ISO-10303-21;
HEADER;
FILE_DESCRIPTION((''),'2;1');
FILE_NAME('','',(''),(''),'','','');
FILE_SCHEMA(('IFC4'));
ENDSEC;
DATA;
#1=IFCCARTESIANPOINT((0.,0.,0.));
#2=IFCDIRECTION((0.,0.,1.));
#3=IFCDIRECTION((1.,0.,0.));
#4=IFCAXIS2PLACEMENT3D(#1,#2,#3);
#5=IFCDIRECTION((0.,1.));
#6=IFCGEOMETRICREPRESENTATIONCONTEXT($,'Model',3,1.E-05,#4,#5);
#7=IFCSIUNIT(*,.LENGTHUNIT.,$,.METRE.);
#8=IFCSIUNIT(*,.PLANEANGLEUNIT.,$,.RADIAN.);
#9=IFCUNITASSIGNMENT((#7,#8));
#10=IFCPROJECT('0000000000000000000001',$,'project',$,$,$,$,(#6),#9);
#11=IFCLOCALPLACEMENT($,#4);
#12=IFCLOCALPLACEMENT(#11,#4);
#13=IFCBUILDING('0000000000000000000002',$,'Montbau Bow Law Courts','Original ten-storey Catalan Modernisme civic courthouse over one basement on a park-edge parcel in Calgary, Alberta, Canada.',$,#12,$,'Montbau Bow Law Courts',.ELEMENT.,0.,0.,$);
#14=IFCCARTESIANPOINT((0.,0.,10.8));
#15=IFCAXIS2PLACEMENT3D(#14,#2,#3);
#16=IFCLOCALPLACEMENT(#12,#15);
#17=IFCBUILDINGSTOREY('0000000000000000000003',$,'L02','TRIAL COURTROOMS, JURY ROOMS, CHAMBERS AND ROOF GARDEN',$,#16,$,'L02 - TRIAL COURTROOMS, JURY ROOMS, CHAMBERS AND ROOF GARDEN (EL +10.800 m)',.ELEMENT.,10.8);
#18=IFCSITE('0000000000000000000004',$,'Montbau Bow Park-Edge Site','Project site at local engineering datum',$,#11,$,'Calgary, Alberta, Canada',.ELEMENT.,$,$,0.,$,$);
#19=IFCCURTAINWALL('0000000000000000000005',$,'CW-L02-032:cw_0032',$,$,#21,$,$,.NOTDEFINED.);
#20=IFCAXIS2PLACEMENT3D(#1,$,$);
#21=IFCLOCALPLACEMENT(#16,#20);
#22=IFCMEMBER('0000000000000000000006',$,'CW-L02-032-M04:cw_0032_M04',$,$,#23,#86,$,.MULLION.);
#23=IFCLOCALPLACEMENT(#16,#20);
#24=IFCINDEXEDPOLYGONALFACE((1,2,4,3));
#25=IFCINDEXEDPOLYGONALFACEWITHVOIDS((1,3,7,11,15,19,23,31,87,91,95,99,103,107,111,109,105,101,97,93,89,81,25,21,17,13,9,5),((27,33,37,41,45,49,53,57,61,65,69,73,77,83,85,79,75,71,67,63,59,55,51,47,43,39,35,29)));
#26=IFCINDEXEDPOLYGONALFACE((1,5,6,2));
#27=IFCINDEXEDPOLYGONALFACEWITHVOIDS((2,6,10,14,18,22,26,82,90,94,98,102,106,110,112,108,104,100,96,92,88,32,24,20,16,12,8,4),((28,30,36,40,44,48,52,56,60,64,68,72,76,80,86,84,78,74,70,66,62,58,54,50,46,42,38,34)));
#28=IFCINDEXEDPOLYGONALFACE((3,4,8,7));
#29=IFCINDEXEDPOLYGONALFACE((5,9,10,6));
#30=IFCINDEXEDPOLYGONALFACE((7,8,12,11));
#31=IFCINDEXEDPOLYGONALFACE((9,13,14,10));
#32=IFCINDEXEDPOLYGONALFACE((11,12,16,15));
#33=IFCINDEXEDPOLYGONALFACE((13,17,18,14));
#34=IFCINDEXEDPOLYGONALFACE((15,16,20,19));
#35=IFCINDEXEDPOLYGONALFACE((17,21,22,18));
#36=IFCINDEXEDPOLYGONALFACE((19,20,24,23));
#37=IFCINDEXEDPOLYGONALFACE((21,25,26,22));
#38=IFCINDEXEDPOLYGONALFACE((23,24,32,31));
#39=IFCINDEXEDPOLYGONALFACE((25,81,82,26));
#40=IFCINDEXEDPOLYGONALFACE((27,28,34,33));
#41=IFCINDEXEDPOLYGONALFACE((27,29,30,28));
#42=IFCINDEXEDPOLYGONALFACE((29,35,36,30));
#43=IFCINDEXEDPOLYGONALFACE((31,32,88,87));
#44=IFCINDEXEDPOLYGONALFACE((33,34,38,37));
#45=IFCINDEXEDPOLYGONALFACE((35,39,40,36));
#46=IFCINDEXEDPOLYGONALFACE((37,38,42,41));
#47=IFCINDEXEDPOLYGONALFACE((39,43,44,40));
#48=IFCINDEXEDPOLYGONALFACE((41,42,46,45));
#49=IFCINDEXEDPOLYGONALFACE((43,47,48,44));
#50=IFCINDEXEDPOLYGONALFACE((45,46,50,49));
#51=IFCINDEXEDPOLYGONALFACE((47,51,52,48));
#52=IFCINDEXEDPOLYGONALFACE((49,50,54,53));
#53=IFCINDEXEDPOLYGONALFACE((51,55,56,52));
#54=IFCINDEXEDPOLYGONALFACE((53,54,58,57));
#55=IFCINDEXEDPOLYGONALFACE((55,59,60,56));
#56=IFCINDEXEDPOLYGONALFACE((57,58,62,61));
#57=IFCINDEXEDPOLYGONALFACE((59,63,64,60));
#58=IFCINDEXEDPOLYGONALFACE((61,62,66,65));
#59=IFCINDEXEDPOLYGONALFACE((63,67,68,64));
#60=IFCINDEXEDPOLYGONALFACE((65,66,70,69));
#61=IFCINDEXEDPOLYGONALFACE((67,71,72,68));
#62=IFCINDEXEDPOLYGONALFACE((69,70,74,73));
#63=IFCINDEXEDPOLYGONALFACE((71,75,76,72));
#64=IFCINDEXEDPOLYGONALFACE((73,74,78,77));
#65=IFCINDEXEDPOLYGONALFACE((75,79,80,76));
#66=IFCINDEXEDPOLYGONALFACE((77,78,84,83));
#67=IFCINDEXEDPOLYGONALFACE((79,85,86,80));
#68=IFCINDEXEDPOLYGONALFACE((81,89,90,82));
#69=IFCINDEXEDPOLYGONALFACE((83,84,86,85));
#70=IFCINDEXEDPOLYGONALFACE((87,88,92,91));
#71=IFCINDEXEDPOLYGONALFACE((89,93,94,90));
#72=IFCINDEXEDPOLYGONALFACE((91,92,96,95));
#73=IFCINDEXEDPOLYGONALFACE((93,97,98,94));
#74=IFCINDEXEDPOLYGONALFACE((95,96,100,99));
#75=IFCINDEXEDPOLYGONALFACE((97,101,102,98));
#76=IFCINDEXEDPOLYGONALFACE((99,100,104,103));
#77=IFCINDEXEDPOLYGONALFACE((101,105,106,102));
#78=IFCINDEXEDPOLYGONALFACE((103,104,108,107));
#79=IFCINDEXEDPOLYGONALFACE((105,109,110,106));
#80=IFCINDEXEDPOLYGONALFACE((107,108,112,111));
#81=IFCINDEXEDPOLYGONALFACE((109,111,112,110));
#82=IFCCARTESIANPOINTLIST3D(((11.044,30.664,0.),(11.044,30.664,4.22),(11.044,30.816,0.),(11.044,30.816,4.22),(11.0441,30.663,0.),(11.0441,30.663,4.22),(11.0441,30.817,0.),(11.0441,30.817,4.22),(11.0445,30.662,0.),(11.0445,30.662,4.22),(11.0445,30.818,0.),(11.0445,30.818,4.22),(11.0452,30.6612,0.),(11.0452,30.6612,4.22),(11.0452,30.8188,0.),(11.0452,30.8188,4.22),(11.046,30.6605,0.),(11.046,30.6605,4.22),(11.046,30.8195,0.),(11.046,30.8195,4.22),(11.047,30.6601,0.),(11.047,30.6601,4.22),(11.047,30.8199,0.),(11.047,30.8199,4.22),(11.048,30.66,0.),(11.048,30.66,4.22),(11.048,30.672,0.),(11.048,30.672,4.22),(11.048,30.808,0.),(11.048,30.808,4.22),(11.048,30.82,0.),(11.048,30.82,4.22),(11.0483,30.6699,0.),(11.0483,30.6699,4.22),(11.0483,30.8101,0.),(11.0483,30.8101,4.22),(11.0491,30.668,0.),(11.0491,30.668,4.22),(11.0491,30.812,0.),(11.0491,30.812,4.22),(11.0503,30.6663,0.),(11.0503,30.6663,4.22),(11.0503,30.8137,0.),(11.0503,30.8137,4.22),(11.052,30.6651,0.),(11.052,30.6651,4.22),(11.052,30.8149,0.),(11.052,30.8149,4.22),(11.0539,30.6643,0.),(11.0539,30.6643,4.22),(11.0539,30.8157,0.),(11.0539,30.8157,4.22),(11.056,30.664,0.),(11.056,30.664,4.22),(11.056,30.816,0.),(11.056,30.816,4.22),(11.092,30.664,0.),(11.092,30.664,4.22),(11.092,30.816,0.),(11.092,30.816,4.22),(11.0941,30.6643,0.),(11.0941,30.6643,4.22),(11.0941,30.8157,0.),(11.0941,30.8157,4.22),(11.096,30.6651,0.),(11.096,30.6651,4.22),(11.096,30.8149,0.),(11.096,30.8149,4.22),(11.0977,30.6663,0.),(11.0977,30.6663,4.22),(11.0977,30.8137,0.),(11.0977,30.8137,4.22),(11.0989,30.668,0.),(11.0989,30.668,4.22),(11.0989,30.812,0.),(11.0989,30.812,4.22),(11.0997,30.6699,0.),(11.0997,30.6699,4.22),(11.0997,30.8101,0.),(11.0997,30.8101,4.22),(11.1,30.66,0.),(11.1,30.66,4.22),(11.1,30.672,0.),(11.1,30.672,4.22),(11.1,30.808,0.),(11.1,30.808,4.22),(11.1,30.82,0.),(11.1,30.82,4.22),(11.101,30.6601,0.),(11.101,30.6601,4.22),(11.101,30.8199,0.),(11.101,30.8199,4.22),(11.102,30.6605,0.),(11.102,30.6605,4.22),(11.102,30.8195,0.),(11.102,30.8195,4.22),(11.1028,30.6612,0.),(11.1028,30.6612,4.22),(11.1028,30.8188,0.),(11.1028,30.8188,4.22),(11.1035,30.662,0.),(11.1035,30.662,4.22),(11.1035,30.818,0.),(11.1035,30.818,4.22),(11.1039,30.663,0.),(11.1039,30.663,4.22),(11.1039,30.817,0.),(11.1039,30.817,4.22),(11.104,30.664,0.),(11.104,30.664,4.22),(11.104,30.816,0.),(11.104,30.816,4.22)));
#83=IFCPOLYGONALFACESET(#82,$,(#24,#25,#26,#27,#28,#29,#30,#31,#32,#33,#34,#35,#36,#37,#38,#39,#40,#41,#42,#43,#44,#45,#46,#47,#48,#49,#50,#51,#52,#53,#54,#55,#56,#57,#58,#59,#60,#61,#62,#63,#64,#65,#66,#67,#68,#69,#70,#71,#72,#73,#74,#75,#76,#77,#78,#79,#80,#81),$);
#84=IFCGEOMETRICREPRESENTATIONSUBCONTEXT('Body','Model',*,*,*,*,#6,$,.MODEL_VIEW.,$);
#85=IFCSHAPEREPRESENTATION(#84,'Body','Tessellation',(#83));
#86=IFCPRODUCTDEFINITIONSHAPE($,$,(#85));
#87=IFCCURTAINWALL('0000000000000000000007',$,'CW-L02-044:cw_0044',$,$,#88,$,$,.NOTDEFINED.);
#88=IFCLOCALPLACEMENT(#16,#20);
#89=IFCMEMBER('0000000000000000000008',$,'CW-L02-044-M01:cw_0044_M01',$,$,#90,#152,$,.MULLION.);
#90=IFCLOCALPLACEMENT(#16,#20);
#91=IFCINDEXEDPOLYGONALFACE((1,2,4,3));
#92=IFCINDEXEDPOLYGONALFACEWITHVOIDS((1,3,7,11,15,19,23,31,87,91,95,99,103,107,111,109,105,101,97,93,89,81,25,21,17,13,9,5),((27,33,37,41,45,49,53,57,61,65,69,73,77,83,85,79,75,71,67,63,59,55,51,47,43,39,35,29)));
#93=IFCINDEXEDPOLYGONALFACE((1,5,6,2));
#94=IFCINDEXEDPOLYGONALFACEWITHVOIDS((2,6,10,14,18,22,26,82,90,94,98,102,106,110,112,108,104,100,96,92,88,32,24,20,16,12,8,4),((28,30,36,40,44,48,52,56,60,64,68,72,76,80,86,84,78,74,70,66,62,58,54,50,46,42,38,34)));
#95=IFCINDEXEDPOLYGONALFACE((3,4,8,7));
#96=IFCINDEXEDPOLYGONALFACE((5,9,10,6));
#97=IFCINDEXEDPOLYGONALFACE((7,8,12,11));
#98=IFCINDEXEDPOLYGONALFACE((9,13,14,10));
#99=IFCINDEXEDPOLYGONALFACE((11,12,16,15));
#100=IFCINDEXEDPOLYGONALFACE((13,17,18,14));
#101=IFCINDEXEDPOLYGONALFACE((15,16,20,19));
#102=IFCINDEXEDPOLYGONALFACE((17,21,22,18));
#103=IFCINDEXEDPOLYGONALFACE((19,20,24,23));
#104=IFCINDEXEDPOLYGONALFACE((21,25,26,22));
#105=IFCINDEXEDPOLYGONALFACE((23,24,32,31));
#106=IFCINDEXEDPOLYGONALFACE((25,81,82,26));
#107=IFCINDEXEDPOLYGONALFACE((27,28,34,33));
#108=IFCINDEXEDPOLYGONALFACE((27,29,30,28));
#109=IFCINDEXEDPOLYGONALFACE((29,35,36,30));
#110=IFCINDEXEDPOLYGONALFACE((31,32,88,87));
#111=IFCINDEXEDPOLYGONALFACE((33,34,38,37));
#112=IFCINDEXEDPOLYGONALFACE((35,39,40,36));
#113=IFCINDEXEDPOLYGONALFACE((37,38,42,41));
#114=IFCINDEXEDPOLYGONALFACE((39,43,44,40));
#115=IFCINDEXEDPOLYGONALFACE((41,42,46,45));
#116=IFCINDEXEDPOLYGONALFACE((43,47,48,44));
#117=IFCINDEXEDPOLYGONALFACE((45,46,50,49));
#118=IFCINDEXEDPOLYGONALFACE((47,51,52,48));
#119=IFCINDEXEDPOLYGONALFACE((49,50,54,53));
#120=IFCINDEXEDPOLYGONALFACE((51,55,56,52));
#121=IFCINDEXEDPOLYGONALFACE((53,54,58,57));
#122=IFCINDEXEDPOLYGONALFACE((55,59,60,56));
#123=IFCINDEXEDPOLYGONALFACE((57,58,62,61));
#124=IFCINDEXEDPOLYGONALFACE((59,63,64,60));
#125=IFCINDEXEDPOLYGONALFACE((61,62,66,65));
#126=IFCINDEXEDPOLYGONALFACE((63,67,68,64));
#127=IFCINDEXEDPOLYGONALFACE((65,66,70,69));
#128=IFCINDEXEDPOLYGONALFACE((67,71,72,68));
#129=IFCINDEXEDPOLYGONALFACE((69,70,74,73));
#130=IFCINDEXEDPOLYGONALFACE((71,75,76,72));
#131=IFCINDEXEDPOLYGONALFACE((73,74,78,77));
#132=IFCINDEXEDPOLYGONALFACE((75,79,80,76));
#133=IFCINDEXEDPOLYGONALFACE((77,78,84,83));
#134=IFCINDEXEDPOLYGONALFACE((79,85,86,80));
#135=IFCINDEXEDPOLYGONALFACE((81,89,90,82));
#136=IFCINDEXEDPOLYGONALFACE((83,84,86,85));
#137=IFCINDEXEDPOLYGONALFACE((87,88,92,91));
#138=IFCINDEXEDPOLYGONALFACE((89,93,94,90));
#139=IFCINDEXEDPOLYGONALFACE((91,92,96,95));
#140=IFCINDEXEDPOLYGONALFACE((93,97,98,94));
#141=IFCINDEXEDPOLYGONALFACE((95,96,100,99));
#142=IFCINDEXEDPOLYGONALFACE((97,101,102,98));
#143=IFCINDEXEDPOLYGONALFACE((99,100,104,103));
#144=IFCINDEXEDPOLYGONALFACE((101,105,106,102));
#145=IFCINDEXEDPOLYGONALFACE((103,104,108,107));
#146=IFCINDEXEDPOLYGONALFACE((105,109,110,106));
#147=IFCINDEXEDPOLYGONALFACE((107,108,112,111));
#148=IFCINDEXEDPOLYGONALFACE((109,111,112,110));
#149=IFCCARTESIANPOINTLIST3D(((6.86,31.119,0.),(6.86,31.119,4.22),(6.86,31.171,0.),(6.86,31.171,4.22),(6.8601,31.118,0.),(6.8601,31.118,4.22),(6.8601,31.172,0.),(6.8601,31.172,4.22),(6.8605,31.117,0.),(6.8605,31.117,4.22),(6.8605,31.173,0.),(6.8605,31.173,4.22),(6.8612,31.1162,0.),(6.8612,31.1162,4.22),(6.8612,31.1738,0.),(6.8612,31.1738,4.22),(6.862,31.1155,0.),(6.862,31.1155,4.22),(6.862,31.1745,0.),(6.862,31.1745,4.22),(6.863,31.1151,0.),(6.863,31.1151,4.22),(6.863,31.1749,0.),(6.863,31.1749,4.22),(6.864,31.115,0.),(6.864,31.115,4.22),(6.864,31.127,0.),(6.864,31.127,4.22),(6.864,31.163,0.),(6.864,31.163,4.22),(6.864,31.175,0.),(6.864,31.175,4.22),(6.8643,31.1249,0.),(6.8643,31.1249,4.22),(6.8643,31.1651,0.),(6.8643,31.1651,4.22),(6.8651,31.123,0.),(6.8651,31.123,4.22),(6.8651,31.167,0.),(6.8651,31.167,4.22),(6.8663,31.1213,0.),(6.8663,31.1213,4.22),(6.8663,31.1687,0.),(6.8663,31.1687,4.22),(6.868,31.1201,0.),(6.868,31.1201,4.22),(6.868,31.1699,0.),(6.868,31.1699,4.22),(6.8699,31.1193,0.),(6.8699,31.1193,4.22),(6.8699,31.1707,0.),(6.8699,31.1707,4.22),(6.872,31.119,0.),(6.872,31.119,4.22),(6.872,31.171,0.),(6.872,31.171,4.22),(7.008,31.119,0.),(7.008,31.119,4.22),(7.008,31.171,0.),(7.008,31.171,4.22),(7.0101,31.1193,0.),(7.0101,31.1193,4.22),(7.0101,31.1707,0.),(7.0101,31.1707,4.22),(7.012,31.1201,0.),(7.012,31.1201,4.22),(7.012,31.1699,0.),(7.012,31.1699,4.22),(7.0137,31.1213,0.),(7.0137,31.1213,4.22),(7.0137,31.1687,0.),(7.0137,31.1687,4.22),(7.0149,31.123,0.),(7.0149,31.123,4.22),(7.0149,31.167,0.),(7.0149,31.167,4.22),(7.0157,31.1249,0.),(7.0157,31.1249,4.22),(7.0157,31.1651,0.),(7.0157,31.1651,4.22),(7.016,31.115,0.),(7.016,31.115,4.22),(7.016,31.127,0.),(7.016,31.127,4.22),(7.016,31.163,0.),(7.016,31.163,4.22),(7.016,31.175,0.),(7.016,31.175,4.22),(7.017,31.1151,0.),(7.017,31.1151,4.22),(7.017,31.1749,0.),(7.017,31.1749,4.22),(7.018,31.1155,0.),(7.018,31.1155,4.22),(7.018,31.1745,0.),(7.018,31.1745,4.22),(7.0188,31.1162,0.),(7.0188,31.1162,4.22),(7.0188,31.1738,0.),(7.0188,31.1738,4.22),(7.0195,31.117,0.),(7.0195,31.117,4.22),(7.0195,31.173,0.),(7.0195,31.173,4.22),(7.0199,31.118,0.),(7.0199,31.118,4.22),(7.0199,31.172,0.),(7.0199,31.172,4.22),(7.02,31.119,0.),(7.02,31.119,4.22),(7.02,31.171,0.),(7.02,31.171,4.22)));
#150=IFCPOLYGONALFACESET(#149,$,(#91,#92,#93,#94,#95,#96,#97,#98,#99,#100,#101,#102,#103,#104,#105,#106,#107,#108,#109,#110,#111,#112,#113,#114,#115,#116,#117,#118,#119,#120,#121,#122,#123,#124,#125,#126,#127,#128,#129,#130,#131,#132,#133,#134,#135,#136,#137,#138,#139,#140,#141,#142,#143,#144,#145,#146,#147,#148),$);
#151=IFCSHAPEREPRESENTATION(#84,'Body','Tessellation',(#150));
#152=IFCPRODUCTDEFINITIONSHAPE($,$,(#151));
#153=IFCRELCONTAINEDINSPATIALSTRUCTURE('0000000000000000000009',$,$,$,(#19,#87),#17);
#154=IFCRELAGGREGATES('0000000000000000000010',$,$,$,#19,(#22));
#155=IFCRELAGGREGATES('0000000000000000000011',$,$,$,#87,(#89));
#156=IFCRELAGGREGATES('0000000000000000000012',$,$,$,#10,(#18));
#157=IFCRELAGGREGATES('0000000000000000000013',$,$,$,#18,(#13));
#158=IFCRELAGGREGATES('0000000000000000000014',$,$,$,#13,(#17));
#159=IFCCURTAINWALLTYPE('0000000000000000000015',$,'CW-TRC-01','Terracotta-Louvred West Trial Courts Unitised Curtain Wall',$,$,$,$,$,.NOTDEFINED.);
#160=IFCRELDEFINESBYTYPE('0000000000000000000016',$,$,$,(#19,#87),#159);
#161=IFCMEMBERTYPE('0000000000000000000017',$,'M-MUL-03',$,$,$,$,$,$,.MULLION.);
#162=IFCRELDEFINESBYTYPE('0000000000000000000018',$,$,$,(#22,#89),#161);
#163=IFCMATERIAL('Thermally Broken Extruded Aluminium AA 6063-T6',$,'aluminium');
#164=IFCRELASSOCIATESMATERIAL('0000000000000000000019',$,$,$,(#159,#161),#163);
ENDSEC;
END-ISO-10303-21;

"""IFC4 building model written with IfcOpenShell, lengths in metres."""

from ifc_helpers import new_model, si_unit, direction, frame, origin_with_axes, origin_2d_with_axis, place, context, subcontext, project, spatial, hollow_rectangle, extrude, material, material_profile, profile_set, type_object, element, aggregate, save


model = new_model("IFC4")

# Units and contexts
model_context = context("Model", 3, precision=1e-05, world=origin_with_axes(), true_north=direction((0.0, 1.0)))
body_context = subcontext(model_context, "Body", "Model", "MODEL_VIEW")
ifc_project = project(units=[si_unit("LENGTHUNIT", "METRE"), si_unit("PLANEANGLEUNIT", "RADIAN")], contexts=[model_context])

# Site, building, storey
site_placement = place(None, origin_with_axes())
site = spatial("IfcSite", under=ifc_project, at=site_placement, Name="Montbau Bow Park-Edge Site", Description="Project site at local engineering datum", LongName="Calgary, Alberta, Canada", CompositionType="ELEMENT", RefElevation=0.0)
building_placement = place(site_placement, origin_with_axes())
building = spatial("IfcBuilding", under=site, at=building_placement, Name="Montbau Bow Law Courts", Description="Original ten-storey Catalan Modernisme civic courthouse over one basement on a park-edge parcel in Calgary, Alberta, Canada.", LongName="Montbau Bow Law Courts", CompositionType="ELEMENT", ElevationOfRefHeight=0.0, ElevationOfTerrain=0.0)
storey_placement = place(building_placement, frame((0.0, 0.0, 10.8), z_axis=(0.0, 0.0, 1.0), x_axis=(1.0, 0.0, 0.0)))
storey = spatial("IfcBuildingStorey", under=building, at=storey_placement, Name="L02", Description="TRIAL COURTROOMS, JURY ROOMS, CHAMBERS AND ROOF GARDEN", LongName="L02 - TRIAL COURTROOMS, JURY ROOMS, CHAMBERS AND ROOF GARDEN (EL +10.800 m)", CompositionType="ELEMENT", Elevation=10.8)

# Shared definitions
ifc_material_1 = material(Name="Thermally Broken Extruded Aluminium AA 6063-T6", Category="aluminium")
curtain_wall_type = type_object("IfcCurtainWallType", Name="CW-TRC-01", Description="Terracotta-Louvred West Trial Courts Unitised Curtain Wall", PredefinedType="NOTDEFINED", material=ifc_material_1)

# Curtain wall, member
curtain_wall_1_placement = place(None, frame((7.315, 30.74, 10.8), z_axis=(0.0, 0.0, 1.0), x_axis=(1.0, 0.0, 0.0)))
curtain_wall_1 = element("IfcCurtainWall", 1, at=curtain_wall_1_placement, inside=storey, type_object=curtain_wall_type, Name="CW-L02-032:cw_0032", PredefinedType="NOTDEFINED")
ifc_material_profile_1 = material_profile(ifc_material_1, hollow_rectangle(XDim=0.06, YDim=0.16, WallThickness=0.004, InnerFilletRadius=0.008, OuterFilletRadius=0.004, at=origin_2d_with_axis()), Name="CWM-160X60", Category="Main", Priority=0)
ifc_profile_set_1 = profile_set([ifc_material_profile_1], Name="Thermally Broken Extruded Aluminium AA 6063-T6")
member_type_1 = type_object("IfcMemberType", Name="M-MUL-03", PredefinedType="MULLION", material=ifc_profile_set_1)
member_1_placement = place(None, frame((11.074, 30.74, 10.8), z_axis=(0.0, 0.0, 1.0), x_axis=(1.0, 0.0, 0.0)))
member_1 = element("IfcMember", 2, at=member_1_placement, type_object=member_type_1, Name="CW-L02-032-M04:cw_0032_M04", PredefinedType="MULLION", context=body_context, shape_type="SweptSolid", body=[
    extrude(hollow_rectangle(XDim=0.06, YDim=0.16, WallThickness=0.004, InnerFilletRadius=0.008, OuterFilletRadius=0.004, at=origin_2d_with_axis()), origin_with_axes(), (0.0, 0.0, 1.0), 4.22),
])

# Curtain wall, member
curtain_wall_2_placement = place(None, frame((6.94, 31.115, 10.8), z_axis=(0.0, 0.0, 1.0), x_axis=(1.0, 0.0, 0.0)))
curtain_wall_2 = element("IfcCurtainWall", 3, at=curtain_wall_2_placement, inside=storey, type_object=curtain_wall_type, Name="CW-L02-044:cw_0044", PredefinedType="NOTDEFINED")
member_2_placement = place(None, frame((6.94, 31.145, 10.8), z_axis=(0.0, 0.0, 1.0), x_axis=(0.0, 1.0, 0.0)))
member_2 = element("IfcMember", 4, at=member_2_placement, type_object=member_type_1, Name="CW-L02-044-M01:cw_0044_M01", PredefinedType="MULLION", context=body_context, shape_type="SweptSolid", body=[
    extrude(hollow_rectangle(XDim=0.06, YDim=0.16, WallThickness=0.004, InnerFilletRadius=0.008, OuterFilletRadius=0.004, at=origin_2d_with_axis()), origin_with_axes(), (0.0, 0.0, 1.0), 4.22),
])

aggregate(curtain_wall_1, [member_1])
aggregate(curtain_wall_2, [member_2])

save(model, "model.ifc")
